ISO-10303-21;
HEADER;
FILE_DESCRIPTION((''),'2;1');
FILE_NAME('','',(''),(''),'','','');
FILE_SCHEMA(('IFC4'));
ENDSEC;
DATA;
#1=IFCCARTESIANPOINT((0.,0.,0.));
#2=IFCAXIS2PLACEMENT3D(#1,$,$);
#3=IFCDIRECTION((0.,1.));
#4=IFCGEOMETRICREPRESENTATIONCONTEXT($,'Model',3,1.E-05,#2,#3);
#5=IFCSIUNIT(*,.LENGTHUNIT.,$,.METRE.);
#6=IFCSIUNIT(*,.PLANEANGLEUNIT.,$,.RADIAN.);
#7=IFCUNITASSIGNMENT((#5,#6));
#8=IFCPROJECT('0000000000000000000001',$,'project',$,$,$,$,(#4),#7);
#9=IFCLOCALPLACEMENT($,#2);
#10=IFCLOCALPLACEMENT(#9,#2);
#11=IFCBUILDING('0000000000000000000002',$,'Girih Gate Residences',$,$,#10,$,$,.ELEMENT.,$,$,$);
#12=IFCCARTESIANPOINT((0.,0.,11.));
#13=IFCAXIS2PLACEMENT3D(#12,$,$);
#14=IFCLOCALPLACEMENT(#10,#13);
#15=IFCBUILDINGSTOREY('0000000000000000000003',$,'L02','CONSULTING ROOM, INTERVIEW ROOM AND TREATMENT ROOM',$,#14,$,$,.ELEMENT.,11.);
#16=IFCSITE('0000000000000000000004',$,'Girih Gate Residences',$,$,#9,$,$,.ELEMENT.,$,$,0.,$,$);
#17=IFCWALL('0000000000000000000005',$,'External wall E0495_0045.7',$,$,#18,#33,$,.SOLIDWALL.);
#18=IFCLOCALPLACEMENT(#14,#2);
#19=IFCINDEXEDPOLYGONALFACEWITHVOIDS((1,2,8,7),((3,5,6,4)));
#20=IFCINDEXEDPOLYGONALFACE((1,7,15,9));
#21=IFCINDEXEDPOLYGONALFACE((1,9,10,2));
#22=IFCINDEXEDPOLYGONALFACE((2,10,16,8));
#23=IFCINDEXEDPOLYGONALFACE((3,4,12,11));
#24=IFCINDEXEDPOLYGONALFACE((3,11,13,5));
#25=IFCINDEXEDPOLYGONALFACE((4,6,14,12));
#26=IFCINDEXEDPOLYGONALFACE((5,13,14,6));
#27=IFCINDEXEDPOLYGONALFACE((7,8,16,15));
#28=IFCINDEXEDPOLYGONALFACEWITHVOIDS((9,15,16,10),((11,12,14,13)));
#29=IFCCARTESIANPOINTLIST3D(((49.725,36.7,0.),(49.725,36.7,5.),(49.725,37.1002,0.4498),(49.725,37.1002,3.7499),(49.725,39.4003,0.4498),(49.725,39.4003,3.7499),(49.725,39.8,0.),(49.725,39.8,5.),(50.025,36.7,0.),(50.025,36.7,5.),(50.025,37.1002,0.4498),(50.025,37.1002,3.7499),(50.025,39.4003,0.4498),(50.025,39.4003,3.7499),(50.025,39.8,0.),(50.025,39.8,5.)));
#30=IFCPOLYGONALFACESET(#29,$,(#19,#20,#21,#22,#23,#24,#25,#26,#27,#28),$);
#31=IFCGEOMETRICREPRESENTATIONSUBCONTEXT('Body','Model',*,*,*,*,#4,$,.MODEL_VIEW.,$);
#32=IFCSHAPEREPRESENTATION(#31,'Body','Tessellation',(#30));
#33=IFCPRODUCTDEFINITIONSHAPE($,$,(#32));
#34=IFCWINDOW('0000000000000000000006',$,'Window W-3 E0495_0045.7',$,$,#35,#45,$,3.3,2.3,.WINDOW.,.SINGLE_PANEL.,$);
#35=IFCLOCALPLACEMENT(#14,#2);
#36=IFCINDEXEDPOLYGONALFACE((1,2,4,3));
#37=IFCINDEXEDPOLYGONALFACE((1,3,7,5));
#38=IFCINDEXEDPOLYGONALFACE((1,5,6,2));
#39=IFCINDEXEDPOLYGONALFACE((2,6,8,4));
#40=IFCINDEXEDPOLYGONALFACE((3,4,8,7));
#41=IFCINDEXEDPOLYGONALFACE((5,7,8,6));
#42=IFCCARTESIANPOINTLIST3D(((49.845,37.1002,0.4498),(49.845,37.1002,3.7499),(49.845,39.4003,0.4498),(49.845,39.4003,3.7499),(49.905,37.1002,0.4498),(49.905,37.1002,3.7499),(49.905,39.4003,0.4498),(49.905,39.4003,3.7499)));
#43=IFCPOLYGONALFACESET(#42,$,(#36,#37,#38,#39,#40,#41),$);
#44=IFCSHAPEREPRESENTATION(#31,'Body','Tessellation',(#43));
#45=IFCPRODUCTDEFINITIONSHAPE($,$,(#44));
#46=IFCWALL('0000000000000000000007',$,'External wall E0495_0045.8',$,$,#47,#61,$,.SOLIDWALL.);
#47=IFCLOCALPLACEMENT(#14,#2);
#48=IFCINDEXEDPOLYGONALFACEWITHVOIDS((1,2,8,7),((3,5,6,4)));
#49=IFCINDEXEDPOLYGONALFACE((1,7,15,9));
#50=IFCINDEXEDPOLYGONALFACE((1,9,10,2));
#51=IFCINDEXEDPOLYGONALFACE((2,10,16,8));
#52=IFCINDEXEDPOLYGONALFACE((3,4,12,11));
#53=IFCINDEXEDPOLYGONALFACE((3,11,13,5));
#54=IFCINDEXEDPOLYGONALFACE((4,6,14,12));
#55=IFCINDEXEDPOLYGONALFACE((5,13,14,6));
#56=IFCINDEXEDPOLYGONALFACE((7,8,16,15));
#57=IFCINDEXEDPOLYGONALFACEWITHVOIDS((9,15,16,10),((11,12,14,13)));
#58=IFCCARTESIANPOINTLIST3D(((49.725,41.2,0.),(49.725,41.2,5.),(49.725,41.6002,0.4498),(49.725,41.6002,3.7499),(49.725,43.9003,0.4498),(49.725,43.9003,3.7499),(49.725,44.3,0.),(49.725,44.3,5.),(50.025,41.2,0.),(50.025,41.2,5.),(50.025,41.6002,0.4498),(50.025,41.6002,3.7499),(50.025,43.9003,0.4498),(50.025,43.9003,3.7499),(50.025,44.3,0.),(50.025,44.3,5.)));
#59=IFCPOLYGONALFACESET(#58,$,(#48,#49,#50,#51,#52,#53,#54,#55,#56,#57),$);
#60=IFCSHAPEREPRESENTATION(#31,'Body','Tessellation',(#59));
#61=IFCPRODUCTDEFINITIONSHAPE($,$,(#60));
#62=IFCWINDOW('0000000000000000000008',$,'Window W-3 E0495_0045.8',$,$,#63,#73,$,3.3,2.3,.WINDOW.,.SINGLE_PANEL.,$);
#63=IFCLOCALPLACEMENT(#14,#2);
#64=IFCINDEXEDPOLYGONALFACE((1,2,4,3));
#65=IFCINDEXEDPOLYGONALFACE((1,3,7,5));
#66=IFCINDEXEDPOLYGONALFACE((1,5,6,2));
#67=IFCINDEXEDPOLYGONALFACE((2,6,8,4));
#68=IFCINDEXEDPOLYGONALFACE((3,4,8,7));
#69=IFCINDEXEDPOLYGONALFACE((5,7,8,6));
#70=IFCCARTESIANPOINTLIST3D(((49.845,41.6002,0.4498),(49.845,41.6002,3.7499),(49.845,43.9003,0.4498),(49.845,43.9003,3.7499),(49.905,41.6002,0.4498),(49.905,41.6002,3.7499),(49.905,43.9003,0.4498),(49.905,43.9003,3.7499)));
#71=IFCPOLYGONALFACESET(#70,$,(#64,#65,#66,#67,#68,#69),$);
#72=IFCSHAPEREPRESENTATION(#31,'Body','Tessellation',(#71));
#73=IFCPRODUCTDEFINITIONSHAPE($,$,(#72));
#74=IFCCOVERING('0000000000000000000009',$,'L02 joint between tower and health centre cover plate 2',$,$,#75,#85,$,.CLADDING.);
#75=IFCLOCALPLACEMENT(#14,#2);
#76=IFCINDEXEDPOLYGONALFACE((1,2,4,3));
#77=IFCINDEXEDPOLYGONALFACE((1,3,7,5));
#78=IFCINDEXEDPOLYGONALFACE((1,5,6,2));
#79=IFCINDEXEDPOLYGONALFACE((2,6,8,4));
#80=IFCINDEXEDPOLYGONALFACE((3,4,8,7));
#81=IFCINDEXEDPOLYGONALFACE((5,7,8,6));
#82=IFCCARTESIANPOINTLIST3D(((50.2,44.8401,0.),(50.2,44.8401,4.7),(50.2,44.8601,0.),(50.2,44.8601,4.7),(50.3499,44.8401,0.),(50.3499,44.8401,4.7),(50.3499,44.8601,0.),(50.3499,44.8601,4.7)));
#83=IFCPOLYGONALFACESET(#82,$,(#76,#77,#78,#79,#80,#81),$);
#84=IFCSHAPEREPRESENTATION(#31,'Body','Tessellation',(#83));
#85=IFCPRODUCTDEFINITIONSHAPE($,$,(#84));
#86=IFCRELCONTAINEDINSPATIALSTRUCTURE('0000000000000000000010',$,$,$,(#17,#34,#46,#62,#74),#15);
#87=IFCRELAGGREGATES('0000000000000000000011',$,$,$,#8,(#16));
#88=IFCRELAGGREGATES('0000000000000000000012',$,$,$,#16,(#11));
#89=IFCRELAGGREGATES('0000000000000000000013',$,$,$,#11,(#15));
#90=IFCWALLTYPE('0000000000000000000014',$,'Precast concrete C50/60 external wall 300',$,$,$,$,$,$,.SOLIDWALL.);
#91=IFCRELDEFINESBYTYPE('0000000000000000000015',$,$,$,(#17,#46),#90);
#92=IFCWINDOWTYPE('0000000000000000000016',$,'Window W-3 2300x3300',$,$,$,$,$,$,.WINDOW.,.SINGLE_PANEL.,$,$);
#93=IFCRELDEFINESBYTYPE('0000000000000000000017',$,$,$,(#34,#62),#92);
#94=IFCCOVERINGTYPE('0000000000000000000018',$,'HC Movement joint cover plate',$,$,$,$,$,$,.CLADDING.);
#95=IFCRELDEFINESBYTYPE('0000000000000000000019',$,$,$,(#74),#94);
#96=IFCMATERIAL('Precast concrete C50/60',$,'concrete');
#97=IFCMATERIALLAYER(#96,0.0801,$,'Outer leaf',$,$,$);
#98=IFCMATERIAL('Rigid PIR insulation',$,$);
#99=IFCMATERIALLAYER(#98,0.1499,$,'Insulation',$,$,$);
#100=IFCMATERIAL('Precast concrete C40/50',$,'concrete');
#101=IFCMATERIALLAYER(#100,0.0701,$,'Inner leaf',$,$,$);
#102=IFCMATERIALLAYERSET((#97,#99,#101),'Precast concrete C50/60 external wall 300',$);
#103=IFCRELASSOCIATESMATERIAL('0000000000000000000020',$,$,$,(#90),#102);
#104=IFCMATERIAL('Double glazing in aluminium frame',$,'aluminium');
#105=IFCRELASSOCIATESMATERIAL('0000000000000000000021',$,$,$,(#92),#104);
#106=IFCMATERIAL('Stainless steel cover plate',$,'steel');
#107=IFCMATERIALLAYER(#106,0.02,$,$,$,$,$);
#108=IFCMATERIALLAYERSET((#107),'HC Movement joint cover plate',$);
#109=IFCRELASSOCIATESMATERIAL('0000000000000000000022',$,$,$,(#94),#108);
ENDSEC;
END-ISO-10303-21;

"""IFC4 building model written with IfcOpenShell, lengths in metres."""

from ifc_helpers import new_model, si_unit, direction, frame, frame_2d, origin, origin_2d, place, context, subcontext, project, spatial, rectangle, extrude, material, layer, layer_set, type_object, element, fill, save


model = new_model("IFC4")

# Units and contexts
model_context = context("Model", 3, precision=1e-05, world=origin(), true_north=direction((0.0, 1.0)))
body_context = subcontext(model_context, "Body", "Model", "MODEL_VIEW")
ifc_project = project(units=[si_unit("LENGTHUNIT", "METRE"), si_unit("PLANEANGLEUNIT", "RADIAN")], contexts=[model_context])

# Site, building, storey
site_placement = place(None, origin())
site = spatial("IfcSite", under=ifc_project, at=site_placement, Name="Girih Gate Residences", CompositionType="ELEMENT", RefElevation=0.0)
building_placement = place(site_placement, origin())
building = spatial("IfcBuilding", under=site, at=building_placement, Name="Girih Gate Residences", CompositionType="ELEMENT")
storey_placement = place(building_placement, frame((0.0, 0.0, 11.0)))
storey = spatial("IfcBuildingStorey", under=building, at=storey_placement, Name="L02", Description="CONSULTING ROOM, INTERVIEW ROOM AND TREATMENT ROOM", CompositionType="ELEMENT", Elevation=11.0)

# Shared definitions
ifc_material_1 = material(Name="Precast concrete C40/50", Category="concrete")

# Walls, openings, windows
ifc_material_2 = material(Name="Precast concrete C50/60", Category="concrete")
ifc_layer_1 = layer(ifc_material_2, 0.0801, Name="Outer leaf")
ifc_material_3 = material(Name="Rigid PIR insulation")
ifc_layer_2 = layer(ifc_material_3, 0.1499, Name="Insulation")
ifc_layer_3 = layer(ifc_material_1, 0.0701, Name="Inner leaf")
ifc_layer_set_1 = layer_set([ifc_layer_1, ifc_layer_2, ifc_layer_3], Name="Precast concrete C50/60 external wall 300")
wall_type_1 = type_object("IfcWallType", Name="Precast concrete C50/60 external wall 300", PredefinedType="SOLIDWALL", material=ifc_layer_set_1)
wall_1_placement = place(storey_placement, frame((49.875, 39.8, 0.0), z_axis=(0.0, 0.0, 1.0), x_axis=(0.0, -1.0, 0.0)))
wall_1 = element("IfcWall", 1, at=wall_1_placement, inside=storey, type_object=wall_type_1, Name="External wall E0495_0045.7", PredefinedType="SOLIDWALL", context=body_context, shape_type="SweptSolid", body=[
    extrude(rectangle(XDim=3.1001, YDim=0.3, at=frame_2d((1.55, 0.0))), origin(), (0.0, 0.0, 1.0), 5.0),
])
opening_1_placement = place(wall_1_placement, frame((0.3999, 0.0, 0.45)))
opening_1 = element("IfcOpeningElement", 2, at=opening_1_placement, cuts=wall_1, PredefinedType="OPENING", context=body_context, shape_type="SweptSolid", body=[
    extrude(rectangle(XDim=2.3, YDim=3.3, at=frame_2d((1.1499, 1.6499))), frame((0.0, 0.1599, 0.0), z_axis=(0.0, -1.0, 0.0), x_axis=(1.0, 0.0, 0.0)), (0.0, 0.0, 1.0), 0.3201),
])
ifc_material_4 = material(Name="Double glazing in aluminium frame", Category="aluminium")
window_type_1 = type_object("IfcWindowType", Name="Window W-3 2300x3300", PartitioningType="SINGLE_PANEL", PredefinedType="WINDOW", material=ifc_material_4)
window_1_placement = place(opening_1_placement, origin())
window_1 = element("IfcWindow", 3, at=window_1_placement, inside=storey, type_object=window_type_1, Name="Window W-3 E0495_0045.7", OverallHeight=3.3, OverallWidth=2.3, PartitioningType="SINGLE_PANEL", PredefinedType="WINDOW", context=body_context, shape_type="SweptSolid", body=[
    extrude(rectangle(XDim=2.3, YDim=3.3, at=frame_2d((1.1499, 1.6499))), frame((0.0, 0.03, 0.0), z_axis=(0.0, -1.0, 0.0), x_axis=(1.0, 0.0, 0.0)), (0.0, 0.0, 1.0), 0.0601),
])
fill(opening_1, window_1)
wall_2_placement = place(storey_placement, frame((49.875, 44.3, 0.0), z_axis=(0.0, 0.0, 1.0), x_axis=(0.0, -1.0, 0.0)))
wall_2 = element("IfcWall", 4, at=wall_2_placement, inside=storey, type_object=wall_type_1, Name="External wall E0495_0045.8", PredefinedType="SOLIDWALL", context=body_context, shape_type="SweptSolid", body=[
    extrude(rectangle(XDim=3.1001, YDim=0.3, at=frame_2d((1.55, 0.0))), origin(), (0.0, 0.0, 1.0), 5.0),
])
opening_2_placement = place(wall_2_placement, frame((0.3999, 0.0, 0.45)))
opening_2 = element("IfcOpeningElement", 5, at=opening_2_placement, cuts=wall_2, PredefinedType="OPENING", context=body_context, shape_type="SweptSolid", body=[
    extrude(rectangle(XDim=2.3, YDim=3.3, at=frame_2d((1.1499, 1.6499))), frame((0.0, 0.1599, 0.0), z_axis=(0.0, -1.0, 0.0), x_axis=(1.0, 0.0, 0.0)), (0.0, 0.0, 1.0), 0.3201),
])
window_2_placement = place(opening_2_placement, origin())
window_2 = element("IfcWindow", 6, at=window_2_placement, inside=storey, type_object=window_type_1, Name="Window W-3 E0495_0045.8", OverallHeight=3.3, OverallWidth=2.3, PartitioningType="SINGLE_PANEL", PredefinedType="WINDOW", context=body_context, shape_type="SweptSolid", body=[
    extrude(rectangle(XDim=2.3, YDim=3.3, at=frame_2d((1.1499, 1.6499))), frame((0.0, 0.03, 0.0), z_axis=(0.0, -1.0, 0.0), x_axis=(1.0, 0.0, 0.0)), (0.0, 0.0, 1.0), 0.0601),
])
fill(opening_2, window_2)

# Covering
ifc_material_5 = material(Name="Stainless steel cover plate", Category="steel")
ifc_layer_4 = layer(ifc_material_5, 0.02)
ifc_layer_set_2 = layer_set([ifc_layer_4], Name="HC Movement joint cover plate")
covering_type = type_object("IfcCoveringType", Name="HC Movement joint cover plate", PredefinedType="CLADDING", material=ifc_layer_set_2)
covering_placement = place(storey_placement, frame((50.2749, 44.8501, 0.0), z_axis=(0.0, 0.0, 1.0), x_axis=(1.0, 0.0, 0.0)))
element("IfcCovering", 7, at=covering_placement, inside=storey, type_object=covering_type, Name="L02 joint between tower and health centre cover plate 2", PredefinedType="CLADDING", context=body_context, shape_type="SweptSolid", body=[
    extrude(rectangle(XDim=0.1499, YDim=0.02, at=origin_2d()), origin(), (0.0, 0.0, 1.0), 4.7),
])

save(model, "model.ifc")
